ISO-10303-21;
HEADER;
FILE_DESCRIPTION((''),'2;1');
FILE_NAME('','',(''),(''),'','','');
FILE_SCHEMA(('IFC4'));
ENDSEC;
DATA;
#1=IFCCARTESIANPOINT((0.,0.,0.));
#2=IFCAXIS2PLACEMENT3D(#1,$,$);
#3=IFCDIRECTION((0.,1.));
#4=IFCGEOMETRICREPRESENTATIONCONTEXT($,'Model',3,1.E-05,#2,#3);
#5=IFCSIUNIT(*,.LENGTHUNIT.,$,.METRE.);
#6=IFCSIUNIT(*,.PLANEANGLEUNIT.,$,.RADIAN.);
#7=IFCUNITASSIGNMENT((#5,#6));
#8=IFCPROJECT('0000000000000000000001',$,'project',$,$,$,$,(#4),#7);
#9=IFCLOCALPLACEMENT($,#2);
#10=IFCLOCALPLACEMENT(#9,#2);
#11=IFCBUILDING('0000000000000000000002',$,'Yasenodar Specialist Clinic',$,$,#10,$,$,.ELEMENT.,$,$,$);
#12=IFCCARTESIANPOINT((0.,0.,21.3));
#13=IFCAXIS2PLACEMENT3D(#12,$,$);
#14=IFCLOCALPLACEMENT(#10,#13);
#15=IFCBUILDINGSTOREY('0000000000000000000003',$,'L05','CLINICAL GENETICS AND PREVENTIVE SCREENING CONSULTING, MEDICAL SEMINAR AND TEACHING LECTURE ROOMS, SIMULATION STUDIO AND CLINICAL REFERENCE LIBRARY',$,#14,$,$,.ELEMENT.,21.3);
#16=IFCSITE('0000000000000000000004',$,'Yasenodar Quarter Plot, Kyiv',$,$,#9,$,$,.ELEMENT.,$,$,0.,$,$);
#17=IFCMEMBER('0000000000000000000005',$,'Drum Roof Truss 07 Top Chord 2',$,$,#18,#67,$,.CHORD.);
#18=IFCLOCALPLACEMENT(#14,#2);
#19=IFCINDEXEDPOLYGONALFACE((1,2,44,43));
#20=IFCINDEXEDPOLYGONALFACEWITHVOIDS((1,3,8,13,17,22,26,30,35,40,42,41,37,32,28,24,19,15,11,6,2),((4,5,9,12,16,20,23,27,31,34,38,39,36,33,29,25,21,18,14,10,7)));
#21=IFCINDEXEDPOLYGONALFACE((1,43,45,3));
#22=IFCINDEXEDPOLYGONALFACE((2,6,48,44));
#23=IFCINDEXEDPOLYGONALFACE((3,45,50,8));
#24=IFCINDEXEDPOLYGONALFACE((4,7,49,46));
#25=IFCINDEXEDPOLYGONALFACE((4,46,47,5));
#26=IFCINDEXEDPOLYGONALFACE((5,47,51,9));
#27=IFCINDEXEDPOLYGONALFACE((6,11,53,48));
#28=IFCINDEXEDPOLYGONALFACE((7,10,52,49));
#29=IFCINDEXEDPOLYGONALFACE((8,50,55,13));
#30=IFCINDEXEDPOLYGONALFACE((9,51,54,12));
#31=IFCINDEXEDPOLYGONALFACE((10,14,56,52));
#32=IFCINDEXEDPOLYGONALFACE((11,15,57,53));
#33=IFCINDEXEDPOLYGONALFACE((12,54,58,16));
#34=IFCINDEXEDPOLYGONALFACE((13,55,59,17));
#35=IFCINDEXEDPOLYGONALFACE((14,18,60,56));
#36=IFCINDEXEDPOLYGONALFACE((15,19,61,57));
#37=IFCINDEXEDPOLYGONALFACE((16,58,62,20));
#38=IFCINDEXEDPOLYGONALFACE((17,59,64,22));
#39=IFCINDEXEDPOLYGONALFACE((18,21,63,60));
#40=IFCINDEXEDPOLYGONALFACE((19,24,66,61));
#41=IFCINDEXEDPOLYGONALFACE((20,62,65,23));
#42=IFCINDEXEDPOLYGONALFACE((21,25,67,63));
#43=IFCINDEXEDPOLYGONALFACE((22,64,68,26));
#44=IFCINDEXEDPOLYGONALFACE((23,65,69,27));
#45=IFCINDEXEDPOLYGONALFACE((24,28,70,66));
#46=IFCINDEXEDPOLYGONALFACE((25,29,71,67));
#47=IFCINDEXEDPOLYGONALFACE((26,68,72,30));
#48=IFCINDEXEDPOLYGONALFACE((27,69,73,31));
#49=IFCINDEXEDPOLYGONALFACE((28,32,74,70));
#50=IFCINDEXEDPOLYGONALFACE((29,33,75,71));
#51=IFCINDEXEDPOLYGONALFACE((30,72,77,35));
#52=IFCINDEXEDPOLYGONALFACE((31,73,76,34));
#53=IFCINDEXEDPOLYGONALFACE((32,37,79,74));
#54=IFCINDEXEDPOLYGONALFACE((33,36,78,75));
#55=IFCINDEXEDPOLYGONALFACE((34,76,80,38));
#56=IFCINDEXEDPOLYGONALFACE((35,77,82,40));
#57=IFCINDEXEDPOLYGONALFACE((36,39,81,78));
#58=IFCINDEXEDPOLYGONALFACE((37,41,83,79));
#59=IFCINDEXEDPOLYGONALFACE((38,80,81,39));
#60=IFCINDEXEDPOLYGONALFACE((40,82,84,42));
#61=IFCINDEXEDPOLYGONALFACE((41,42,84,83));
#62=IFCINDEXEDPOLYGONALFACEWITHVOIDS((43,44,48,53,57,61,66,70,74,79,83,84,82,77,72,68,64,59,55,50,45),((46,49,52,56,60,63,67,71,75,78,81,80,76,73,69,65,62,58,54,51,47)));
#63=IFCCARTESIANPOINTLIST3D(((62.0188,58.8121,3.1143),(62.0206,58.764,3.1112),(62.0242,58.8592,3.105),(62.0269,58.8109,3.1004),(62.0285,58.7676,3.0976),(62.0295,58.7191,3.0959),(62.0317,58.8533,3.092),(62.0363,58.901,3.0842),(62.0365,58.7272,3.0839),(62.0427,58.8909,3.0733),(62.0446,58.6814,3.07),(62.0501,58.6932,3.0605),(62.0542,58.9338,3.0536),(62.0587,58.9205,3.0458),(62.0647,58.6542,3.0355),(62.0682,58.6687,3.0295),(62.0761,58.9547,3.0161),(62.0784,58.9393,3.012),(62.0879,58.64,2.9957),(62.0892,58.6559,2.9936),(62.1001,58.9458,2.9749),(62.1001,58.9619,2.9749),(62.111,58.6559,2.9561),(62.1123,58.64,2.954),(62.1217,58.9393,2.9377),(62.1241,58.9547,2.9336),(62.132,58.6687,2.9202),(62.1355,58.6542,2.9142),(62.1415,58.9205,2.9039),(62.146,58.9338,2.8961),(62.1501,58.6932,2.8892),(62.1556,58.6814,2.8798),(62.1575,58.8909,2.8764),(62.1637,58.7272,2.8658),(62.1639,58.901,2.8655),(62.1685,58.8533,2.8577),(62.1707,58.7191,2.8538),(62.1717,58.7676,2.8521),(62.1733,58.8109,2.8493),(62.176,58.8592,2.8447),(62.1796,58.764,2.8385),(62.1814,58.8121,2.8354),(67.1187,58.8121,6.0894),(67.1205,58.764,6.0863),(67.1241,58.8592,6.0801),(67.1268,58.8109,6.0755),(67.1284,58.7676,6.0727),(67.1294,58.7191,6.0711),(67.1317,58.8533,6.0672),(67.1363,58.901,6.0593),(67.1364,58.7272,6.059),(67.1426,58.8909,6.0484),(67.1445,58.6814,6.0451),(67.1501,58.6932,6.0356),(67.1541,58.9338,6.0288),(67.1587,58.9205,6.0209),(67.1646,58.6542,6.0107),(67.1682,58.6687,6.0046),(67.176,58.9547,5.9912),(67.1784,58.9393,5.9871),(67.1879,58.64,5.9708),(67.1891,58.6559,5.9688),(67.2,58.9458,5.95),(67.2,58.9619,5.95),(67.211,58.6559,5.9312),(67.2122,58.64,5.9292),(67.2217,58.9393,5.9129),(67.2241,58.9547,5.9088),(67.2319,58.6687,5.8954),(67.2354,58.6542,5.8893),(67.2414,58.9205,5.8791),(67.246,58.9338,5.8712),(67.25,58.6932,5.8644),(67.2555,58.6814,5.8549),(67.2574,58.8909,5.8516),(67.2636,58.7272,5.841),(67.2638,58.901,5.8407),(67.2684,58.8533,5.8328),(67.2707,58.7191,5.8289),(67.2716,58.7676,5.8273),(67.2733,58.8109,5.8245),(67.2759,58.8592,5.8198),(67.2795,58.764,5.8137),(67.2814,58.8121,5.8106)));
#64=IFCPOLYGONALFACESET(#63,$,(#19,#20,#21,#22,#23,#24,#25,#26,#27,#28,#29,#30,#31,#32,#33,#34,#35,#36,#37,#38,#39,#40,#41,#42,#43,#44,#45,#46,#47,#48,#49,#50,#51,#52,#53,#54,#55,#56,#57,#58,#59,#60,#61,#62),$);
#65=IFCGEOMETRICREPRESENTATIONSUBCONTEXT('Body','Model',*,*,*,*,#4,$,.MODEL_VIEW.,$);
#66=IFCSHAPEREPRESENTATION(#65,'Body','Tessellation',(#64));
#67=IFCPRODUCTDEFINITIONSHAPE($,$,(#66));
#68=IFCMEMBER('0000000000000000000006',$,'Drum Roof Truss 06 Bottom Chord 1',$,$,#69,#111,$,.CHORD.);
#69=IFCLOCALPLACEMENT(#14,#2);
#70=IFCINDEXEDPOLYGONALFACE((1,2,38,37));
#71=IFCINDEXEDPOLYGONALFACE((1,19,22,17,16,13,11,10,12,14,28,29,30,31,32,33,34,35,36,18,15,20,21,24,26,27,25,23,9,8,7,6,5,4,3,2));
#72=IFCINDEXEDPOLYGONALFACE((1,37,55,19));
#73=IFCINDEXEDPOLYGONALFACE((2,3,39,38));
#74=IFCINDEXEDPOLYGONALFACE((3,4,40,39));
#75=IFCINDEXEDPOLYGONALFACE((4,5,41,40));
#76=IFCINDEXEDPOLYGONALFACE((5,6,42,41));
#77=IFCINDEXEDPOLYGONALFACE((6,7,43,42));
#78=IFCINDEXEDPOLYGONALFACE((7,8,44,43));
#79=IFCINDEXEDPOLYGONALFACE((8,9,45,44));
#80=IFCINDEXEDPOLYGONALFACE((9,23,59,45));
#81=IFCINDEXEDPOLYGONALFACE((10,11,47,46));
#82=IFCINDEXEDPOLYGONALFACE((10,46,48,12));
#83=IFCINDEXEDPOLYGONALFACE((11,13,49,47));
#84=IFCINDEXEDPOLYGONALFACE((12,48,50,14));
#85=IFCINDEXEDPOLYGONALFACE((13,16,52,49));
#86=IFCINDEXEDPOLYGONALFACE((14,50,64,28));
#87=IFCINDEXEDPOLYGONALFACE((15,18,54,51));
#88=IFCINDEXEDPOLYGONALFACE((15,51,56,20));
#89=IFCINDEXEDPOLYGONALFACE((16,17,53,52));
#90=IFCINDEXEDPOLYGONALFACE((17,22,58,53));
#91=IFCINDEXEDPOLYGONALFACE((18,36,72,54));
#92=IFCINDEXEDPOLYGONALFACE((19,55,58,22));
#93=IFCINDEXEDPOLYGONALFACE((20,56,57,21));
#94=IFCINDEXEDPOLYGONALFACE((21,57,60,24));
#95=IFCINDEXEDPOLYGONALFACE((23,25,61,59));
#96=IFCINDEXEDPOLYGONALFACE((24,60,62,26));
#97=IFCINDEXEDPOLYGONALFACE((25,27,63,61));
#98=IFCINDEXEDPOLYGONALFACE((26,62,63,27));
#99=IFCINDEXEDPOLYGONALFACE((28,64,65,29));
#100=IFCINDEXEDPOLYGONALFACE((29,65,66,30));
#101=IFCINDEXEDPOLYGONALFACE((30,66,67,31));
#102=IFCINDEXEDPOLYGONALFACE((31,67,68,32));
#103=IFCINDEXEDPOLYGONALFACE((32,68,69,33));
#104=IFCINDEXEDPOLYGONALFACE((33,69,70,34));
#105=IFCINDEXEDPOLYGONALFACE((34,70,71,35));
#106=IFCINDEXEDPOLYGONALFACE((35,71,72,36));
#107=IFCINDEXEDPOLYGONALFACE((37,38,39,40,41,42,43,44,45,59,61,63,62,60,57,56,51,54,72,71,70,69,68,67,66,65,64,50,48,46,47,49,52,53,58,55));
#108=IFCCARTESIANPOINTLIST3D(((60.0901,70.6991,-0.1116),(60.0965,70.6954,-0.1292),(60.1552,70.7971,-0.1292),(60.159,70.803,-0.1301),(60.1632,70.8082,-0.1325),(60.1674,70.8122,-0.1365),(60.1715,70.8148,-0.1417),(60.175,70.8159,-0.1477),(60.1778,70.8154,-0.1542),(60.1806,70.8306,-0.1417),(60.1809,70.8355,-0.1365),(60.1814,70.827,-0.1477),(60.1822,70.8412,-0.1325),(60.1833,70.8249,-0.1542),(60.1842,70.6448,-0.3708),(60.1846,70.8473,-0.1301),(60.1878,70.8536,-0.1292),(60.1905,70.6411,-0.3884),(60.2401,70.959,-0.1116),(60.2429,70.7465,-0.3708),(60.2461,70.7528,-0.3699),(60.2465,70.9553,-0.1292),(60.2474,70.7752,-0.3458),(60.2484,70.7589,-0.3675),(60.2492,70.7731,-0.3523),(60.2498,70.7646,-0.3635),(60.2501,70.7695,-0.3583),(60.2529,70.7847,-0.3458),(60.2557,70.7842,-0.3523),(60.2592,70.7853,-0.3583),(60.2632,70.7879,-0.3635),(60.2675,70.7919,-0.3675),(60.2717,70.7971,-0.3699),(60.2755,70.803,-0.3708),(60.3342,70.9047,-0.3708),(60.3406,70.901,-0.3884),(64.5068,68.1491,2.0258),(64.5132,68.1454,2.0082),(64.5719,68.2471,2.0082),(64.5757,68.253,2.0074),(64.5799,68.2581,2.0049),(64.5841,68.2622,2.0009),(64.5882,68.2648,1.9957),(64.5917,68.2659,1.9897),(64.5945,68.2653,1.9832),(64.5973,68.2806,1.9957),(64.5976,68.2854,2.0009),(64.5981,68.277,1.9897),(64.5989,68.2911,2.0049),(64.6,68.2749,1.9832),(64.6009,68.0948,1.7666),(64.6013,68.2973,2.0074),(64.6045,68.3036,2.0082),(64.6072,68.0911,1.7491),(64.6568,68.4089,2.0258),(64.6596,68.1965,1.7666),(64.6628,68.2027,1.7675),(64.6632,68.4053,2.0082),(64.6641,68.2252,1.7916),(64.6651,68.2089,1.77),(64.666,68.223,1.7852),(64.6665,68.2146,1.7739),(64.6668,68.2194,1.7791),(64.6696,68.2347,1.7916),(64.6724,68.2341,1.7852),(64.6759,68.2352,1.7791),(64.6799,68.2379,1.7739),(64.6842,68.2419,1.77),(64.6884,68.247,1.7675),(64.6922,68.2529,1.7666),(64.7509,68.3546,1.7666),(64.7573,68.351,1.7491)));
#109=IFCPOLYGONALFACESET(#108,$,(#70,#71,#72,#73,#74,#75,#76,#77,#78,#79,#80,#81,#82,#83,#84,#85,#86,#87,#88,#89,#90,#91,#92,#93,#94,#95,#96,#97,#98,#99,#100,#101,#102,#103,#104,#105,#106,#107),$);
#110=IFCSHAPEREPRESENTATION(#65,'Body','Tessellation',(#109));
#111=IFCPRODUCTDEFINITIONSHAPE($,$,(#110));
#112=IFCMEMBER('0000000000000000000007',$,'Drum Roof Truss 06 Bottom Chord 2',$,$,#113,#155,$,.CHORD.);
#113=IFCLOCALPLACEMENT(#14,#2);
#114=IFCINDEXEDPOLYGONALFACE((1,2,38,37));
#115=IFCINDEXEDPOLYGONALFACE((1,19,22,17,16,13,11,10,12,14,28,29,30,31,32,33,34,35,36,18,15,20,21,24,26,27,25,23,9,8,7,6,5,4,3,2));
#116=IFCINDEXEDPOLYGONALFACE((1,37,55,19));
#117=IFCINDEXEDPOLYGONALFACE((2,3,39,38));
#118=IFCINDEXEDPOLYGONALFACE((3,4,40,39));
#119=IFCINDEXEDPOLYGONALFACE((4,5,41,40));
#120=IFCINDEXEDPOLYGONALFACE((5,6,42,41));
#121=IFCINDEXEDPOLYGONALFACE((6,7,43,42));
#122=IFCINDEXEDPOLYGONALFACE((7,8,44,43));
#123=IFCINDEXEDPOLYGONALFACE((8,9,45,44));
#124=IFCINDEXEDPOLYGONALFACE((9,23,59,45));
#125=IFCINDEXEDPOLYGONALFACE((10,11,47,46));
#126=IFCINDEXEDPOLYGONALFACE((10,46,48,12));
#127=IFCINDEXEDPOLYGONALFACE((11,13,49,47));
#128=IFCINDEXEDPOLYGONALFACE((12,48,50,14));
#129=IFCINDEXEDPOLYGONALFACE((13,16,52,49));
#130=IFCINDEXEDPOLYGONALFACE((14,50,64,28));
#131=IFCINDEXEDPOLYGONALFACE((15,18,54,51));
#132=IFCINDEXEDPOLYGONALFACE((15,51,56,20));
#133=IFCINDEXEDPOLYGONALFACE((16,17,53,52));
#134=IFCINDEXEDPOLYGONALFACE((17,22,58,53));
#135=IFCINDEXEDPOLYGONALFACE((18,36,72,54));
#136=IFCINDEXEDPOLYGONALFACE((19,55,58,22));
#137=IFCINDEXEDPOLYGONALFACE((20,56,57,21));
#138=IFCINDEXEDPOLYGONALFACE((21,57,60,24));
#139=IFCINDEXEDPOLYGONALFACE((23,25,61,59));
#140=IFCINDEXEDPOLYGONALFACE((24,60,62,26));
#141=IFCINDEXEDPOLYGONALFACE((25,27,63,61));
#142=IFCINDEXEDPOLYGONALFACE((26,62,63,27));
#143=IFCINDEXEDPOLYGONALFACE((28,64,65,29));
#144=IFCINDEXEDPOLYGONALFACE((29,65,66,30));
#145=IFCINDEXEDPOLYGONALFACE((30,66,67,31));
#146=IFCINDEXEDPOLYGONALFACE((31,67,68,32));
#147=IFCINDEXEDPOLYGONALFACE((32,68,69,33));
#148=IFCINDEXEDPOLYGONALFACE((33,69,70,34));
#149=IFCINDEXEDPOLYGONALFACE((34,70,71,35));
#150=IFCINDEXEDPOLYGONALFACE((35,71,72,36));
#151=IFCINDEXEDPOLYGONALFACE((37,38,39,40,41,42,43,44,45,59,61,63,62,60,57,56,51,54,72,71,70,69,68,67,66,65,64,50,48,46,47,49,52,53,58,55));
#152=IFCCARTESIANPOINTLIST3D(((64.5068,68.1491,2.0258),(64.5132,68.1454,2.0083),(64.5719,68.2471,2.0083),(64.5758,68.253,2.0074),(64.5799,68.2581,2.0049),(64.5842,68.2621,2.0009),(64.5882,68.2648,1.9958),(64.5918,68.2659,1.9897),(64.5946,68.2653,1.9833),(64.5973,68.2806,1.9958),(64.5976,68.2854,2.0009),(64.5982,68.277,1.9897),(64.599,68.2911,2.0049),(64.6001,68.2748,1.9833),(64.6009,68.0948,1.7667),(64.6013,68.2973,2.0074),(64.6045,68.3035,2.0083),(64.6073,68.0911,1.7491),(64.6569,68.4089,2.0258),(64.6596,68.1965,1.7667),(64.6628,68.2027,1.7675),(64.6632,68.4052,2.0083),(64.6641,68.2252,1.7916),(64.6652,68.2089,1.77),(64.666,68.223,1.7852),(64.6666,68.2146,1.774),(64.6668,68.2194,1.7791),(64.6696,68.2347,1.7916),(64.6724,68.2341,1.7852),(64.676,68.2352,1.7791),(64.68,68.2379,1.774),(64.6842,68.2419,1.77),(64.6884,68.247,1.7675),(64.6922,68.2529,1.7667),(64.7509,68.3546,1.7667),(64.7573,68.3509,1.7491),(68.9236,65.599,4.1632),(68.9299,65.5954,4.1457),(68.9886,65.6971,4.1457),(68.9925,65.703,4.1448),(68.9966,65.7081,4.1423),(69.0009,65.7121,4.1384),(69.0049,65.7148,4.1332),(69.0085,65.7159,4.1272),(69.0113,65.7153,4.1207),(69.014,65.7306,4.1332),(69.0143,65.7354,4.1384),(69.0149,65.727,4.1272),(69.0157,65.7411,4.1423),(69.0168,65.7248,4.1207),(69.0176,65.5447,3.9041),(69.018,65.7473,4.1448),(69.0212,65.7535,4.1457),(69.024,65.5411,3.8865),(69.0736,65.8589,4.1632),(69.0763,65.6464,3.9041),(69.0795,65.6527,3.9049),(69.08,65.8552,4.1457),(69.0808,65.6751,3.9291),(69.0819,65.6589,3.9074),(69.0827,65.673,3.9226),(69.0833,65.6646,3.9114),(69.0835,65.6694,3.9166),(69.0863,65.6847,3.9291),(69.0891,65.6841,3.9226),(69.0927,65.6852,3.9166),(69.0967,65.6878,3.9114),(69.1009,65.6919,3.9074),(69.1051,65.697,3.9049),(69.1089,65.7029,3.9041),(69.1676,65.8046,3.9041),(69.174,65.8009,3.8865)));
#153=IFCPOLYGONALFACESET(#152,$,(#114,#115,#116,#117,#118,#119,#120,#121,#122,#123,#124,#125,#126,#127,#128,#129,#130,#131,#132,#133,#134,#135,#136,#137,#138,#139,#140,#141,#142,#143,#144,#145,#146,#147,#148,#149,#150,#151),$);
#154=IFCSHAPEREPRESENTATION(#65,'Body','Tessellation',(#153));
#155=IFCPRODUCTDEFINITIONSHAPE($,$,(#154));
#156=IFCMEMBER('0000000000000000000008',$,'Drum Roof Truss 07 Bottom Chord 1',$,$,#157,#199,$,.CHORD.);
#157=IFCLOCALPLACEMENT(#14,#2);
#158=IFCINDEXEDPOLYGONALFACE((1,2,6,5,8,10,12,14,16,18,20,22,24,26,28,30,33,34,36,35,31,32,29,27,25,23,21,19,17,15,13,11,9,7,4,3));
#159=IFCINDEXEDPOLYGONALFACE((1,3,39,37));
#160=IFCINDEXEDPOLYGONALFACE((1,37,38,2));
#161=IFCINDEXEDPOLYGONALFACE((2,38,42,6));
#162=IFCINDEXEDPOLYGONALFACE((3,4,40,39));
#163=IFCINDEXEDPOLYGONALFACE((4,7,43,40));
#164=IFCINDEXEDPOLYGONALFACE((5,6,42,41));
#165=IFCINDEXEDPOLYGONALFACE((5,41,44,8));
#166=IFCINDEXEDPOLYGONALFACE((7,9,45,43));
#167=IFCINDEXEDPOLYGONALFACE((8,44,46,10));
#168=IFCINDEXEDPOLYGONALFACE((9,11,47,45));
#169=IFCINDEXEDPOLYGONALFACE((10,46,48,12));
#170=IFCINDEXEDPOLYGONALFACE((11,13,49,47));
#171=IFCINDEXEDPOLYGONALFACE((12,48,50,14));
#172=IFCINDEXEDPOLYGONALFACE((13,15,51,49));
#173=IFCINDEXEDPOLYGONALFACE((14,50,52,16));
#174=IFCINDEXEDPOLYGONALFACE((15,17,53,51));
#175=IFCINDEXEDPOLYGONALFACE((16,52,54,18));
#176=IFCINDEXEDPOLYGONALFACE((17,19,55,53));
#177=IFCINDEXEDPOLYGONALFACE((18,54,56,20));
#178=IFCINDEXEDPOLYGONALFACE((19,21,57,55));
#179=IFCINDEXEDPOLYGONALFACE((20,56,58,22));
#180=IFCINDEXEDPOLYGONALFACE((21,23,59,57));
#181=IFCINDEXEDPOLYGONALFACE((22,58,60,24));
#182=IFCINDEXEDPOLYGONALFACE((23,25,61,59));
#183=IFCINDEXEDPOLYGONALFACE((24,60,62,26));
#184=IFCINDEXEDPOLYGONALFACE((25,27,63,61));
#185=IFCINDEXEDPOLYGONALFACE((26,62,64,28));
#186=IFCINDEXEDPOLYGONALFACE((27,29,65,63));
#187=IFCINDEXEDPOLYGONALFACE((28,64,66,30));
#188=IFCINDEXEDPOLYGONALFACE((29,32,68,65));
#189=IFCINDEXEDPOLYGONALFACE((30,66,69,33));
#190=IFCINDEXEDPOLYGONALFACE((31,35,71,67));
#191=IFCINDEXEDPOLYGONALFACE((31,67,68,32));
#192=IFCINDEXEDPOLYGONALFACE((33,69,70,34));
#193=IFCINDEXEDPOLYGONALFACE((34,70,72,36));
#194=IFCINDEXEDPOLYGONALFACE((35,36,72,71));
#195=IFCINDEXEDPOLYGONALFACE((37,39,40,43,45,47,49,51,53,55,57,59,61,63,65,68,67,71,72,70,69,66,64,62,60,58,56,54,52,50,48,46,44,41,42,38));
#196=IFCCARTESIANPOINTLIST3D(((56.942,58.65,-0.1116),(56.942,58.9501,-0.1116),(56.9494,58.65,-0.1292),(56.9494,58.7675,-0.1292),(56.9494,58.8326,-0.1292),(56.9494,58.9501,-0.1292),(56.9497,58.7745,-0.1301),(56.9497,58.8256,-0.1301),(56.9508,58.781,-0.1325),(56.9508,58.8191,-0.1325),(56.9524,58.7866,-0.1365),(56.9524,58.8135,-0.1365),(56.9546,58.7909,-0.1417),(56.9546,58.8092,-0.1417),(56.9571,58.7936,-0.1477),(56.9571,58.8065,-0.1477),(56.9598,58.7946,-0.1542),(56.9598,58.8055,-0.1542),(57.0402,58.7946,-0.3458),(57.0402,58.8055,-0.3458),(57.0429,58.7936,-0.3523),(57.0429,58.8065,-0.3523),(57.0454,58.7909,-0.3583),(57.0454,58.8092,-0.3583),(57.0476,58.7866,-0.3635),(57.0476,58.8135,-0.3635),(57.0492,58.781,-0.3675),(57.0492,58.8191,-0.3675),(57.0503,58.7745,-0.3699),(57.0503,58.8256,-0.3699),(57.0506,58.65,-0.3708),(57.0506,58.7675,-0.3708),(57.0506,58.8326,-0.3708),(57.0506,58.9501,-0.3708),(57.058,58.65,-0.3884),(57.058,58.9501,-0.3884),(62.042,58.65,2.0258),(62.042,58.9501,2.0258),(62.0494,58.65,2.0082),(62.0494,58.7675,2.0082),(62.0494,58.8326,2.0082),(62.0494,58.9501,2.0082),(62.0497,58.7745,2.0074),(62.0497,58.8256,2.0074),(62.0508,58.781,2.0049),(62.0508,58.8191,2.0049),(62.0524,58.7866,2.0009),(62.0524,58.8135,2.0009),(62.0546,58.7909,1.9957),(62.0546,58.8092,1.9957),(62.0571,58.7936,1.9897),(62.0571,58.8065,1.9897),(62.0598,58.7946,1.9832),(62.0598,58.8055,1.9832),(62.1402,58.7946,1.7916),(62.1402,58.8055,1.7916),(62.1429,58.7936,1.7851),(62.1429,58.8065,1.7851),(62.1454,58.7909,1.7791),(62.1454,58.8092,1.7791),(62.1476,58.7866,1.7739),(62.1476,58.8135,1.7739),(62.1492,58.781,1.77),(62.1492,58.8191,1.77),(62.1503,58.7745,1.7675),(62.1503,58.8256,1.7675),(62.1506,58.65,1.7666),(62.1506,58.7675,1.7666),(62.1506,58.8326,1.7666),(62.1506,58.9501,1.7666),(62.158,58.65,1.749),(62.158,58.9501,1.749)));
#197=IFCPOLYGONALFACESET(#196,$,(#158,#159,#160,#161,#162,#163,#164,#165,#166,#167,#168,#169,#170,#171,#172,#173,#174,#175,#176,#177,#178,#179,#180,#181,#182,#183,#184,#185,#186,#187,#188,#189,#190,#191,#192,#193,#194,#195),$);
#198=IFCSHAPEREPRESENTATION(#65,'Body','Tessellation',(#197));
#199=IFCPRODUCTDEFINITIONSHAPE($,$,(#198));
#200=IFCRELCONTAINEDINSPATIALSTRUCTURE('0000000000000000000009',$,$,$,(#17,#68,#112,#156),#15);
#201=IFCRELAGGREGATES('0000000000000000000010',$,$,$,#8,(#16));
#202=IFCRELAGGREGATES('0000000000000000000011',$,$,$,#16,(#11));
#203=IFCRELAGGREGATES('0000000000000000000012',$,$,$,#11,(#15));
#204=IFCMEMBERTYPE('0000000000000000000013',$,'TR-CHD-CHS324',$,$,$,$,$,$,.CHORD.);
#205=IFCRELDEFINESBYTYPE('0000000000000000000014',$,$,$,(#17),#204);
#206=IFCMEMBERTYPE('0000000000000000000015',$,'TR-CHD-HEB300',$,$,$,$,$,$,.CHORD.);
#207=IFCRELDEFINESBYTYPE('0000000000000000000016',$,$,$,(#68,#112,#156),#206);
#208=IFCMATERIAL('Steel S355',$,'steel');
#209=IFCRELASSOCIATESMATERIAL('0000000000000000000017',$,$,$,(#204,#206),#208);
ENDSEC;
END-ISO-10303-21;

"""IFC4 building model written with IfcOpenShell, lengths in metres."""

from ifc_helpers import new_model, si_unit, direction, frame, origin, origin_2d, place, context, subcontext, project, spatial, hollow_circle, i_section, extrude, material, material_profile, profile_set, type_object, element, save


model = new_model("IFC4")

# Units and contexts
model_context = context("Model", 3, precision=1e-05, world=origin(), true_north=direction((0.0, 1.0)))
body_context = subcontext(model_context, "Body", "Model", "MODEL_VIEW")
ifc_project = project(units=[si_unit("LENGTHUNIT", "METRE"), si_unit("PLANEANGLEUNIT", "RADIAN")], contexts=[model_context])

# Site, building, storey
site_placement = place(None, origin())
site = spatial("IfcSite", under=ifc_project, at=site_placement, Name="Yasenodar Quarter Plot, Kyiv", CompositionType="ELEMENT", RefElevation=0.0)
building_placement = place(site_placement, origin())
building = spatial("IfcBuilding", under=site, at=building_placement, Name="Yasenodar Specialist Clinic", CompositionType="ELEMENT")
storey_placement = place(building_placement, frame((0.0, 0.0, 21.3)))
storey = spatial("IfcBuildingStorey", under=building, at=storey_placement, Name="L05", Description="CLINICAL GENETICS AND PREVENTIVE SCREENING CONSULTING, MEDICAL SEMINAR AND TEACHING LECTURE ROOMS, SIMULATION STUDIO AND CLINICAL REFERENCE LIBRARY", CompositionType="ELEMENT", Elevation=21.3)

# Shared definitions
ifc_material_1 = material(Name="Steel S355", Category="steel")

# Members
ifc_material_profile_1 = material_profile(ifc_material_1, hollow_circle(Radius=0.1619, WallThickness=0.0161, at=origin_2d()), Name="CHS 323.9x16")
ifc_profile_set_1 = profile_set([ifc_material_profile_1], Name="Steel S355")
member_type_1 = type_object("IfcMemberType", Name="TR-CHD-CHS324", PredefinedType="CHORD", material=ifc_profile_set_1)
member_1_placement = place(storey_placement, frame((62.1001, 58.8, 2.9749), z_axis=(0.863765, 0.0, 0.503894), x_axis=(0.0, 1.0, 0.0)))
element("IfcMember", 1, at=member_1_placement, inside=storey, type_object=member_type_1, Name="Drum Roof Truss 07 Top Chord 2", PredefinedType="CHORD", context=body_context, shape_type="SweptSolid", body=[
    extrude(hollow_circle(Radius=0.1619, WallThickness=0.0161, at=origin_2d()), origin(), (0.0, 0.0, 1.0), 5.9043),
])
ifc_material_profile_2 = material_profile(ifc_material_1, i_section(OverallWidth=0.3, OverallDepth=0.3, WebThickness=0.011, FlangeThickness=0.019, FilletRadius=0.0271, at=origin_2d()), Name="HEB 300")
ifc_profile_set_2 = profile_set([ifc_material_profile_2], Name="Steel S355")
member_type_2 = type_object("IfcMemberType", Name="TR-CHD-HEB300", PredefinedType="CHORD", material=ifc_profile_set_2)
for number, where, z_axis, x_axis, name in (
    (2, (60.2153, 70.8, -0.25), (0.798712, -0.461143, 0.386531), (0.500006, 0.866022, 0.0), "Drum Roof Truss 06 Bottom Chord 1"),
    (3, (64.6321, 68.25, 1.8875), (0.798712, -0.461143, 0.386531), (0.500006, 0.866022, 0.0), "Drum Roof Truss 06 Bottom Chord 2"),
    (4, (57.0, 58.8, -0.25), (0.922278, 0.0, 0.386527), (0.0, 1.0, 0.0), "Drum Roof Truss 07 Bottom Chord 1"),
):
    element("IfcMember", number, at=place(storey_placement, frame(where, z_axis=z_axis, x_axis=x_axis)), inside=storey, type_object=member_type_2, Name=name, PredefinedType="CHORD", context=body_context, shape_type="SweptSolid", body=[
        extrude(i_section(OverallWidth=0.3, OverallDepth=0.3, WebThickness=0.011, FlangeThickness=0.019, FilletRadius=0.0271, at=origin_2d()), origin(), (0.0, 0.0, 1.0), 5.5298),
    ])

save(model, "model.ifc")
